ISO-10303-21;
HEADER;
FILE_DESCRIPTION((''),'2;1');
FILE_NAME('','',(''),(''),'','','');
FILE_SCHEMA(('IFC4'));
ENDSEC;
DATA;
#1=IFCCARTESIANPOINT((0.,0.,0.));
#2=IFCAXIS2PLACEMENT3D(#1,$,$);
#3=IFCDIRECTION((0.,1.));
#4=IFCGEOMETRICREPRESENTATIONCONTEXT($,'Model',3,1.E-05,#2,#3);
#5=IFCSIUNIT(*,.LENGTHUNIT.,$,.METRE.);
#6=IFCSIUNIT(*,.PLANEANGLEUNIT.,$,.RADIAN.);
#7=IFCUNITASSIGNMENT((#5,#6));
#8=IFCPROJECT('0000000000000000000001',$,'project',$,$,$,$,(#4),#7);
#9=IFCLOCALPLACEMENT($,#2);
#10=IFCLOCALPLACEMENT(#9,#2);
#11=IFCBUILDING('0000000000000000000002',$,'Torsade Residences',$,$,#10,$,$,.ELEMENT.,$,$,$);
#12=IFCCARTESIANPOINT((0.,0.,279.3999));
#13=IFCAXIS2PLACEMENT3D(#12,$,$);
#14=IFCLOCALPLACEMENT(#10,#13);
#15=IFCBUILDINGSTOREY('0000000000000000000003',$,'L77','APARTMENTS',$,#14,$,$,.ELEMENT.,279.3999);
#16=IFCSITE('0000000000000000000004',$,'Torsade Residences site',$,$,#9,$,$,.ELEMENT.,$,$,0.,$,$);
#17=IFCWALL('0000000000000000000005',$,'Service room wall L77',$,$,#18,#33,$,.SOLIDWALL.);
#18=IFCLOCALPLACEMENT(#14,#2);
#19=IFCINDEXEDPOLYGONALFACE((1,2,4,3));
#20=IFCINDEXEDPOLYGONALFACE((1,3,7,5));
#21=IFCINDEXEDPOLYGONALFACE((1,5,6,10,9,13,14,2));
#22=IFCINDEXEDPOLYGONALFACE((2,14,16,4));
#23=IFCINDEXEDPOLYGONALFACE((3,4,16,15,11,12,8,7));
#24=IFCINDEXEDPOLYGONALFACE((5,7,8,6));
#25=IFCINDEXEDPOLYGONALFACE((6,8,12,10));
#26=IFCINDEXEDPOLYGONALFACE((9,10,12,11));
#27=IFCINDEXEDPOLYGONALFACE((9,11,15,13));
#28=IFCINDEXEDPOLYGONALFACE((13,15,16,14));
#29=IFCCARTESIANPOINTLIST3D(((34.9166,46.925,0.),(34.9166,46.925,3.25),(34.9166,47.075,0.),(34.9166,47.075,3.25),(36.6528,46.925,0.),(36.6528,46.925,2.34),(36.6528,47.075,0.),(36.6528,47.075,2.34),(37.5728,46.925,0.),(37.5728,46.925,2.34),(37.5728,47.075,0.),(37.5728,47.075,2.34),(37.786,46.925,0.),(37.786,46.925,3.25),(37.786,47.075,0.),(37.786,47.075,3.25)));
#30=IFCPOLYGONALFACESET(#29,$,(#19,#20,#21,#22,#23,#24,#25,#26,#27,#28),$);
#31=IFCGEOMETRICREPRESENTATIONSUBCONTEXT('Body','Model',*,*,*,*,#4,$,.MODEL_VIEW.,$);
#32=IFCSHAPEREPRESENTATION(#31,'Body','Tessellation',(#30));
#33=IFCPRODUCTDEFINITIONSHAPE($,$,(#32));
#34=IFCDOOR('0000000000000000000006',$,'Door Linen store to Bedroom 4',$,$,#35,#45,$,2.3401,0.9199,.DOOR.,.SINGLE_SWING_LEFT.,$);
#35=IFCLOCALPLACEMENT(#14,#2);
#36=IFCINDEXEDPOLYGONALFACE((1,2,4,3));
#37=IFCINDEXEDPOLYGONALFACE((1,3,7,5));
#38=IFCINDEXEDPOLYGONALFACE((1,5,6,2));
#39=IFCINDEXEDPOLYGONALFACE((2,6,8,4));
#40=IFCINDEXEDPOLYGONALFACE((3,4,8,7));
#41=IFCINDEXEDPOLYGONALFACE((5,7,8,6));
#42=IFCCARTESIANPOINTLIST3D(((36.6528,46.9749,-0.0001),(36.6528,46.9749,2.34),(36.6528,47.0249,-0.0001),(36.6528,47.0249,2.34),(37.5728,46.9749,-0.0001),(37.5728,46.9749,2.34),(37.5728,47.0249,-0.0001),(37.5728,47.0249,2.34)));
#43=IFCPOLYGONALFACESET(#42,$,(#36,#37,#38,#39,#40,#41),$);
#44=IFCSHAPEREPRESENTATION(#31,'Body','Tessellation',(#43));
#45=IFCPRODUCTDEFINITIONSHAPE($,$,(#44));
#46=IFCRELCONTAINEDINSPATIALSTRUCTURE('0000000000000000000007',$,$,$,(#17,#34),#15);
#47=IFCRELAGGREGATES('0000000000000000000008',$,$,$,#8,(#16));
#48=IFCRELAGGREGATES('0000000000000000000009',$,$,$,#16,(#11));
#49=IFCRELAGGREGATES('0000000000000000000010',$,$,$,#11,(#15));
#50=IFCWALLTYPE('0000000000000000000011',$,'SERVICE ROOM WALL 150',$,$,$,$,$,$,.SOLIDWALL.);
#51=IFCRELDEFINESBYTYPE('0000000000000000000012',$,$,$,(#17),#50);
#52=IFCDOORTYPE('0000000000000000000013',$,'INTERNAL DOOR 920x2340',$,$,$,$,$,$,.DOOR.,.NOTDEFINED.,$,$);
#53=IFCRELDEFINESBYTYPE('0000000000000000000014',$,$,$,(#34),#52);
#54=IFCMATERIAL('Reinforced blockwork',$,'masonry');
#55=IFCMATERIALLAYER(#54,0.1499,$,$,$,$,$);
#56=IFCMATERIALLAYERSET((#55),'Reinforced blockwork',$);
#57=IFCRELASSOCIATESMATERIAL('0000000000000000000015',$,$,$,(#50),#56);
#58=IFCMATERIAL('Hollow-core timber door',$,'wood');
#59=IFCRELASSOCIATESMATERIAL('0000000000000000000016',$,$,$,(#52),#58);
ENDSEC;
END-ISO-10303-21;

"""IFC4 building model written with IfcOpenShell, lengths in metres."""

from ifc_helpers import new_model, si_unit, direction, frame, frame_2d, origin, place, context, subcontext, project, spatial, rectangle, extrude, material, layer, layer_set, type_object, element, fill, save


model = new_model("IFC4")

# Units and contexts
model_context = context("Model", 3, precision=1e-05, world=origin(), true_north=direction((0.0, 1.0)))
body_context = subcontext(model_context, "Body", "Model", "MODEL_VIEW")
ifc_project = project(units=[si_unit("LENGTHUNIT", "METRE"), si_unit("PLANEANGLEUNIT", "RADIAN")], contexts=[model_context])

# Site, building, storey
site_placement = place(None, origin())
site = spatial("IfcSite", under=ifc_project, at=site_placement, Name="Torsade Residences site", CompositionType="ELEMENT", RefElevation=0.0)
building_placement = place(site_placement, origin())
building = spatial("IfcBuilding", under=site, at=building_placement, Name="Torsade Residences", CompositionType="ELEMENT")
storey_placement = place(building_placement, frame((0.0, 0.0, 279.3999)))
storey = spatial("IfcBuildingStorey", under=building, at=storey_placement, Name="L77", Description="APARTMENTS", CompositionType="ELEMENT", Elevation=279.3999)

# Shared definitions
ifc_material_1 = material(Name="Reinforced blockwork", Category="masonry")
ifc_layer_1 = layer(ifc_material_1, 0.1499)
ifc_layer_set_1 = layer_set([ifc_layer_1], Name="Reinforced blockwork")
wall_type_1 = type_object("IfcWallType", Name="SERVICE ROOM WALL 150", PredefinedType="SOLIDWALL", material=ifc_layer_set_1)

# Wall, opening, door
wall_1_placement = place(storey_placement, frame((34.9167, 47.0, 0.0), z_axis=(0.0, 0.0, 1.0), x_axis=(1.0, 0.0, 0.0)))
wall_1 = element("IfcWall", 1, at=wall_1_placement, inside=storey, type_object=wall_type_1, Name="Service room wall L77", PredefinedType="SOLIDWALL", context=body_context, shape_type="SweptSolid", body=[
    extrude(rectangle(XDim=2.8694, YDim=0.1499, at=frame_2d((1.4346, 0.0))), origin(), (0.0, 0.0, 1.0), 3.25),
])
opening_1_placement = place(wall_1_placement, frame((1.7361, 0.0, 0.0)))
opening_1 = element("IfcOpeningElement", 2, at=opening_1_placement, cuts=wall_1, PredefinedType="OPENING", context=body_context, shape_type="SweptSolid", body=[
    extrude(rectangle(XDim=0.9199, YDim=2.3401, at=frame_2d((0.46, 1.1699))), frame((0.0, 0.085, 0.0), z_axis=(0.0, -1.0, 0.0), x_axis=(1.0, 0.0, 0.0)), (0.0, 0.0, 1.0), 0.1699),
])
ifc_material_2 = material(Name="Hollow-core timber door", Category="wood")
door_type_1 = type_object("IfcDoorType", Name="INTERNAL DOOR 920x2340", OperationType="NOTDEFINED", PredefinedType="DOOR", material=ifc_material_2)
door_1_placement = place(opening_1_placement, origin())
door_1 = element("IfcDoor", 3, at=door_1_placement, inside=storey, type_object=door_type_1, Name="Door Linen store to Bedroom 4", OperationType="SINGLE_SWING_LEFT", OverallHeight=2.3401, OverallWidth=0.9199, PredefinedType="DOOR", context=body_context, shape_type="SweptSolid", body=[
    extrude(rectangle(XDim=0.9199, YDim=2.3401, at=frame_2d((0.46, 1.1699))), frame((0.0, 0.0249, 0.0), z_axis=(0.0, -1.0, 0.0), x_axis=(1.0, 0.0, 0.0)), (0.0, 0.0, 1.0), 0.05),
])
fill(opening_1, door_1)

save(model, "model.ifc")
